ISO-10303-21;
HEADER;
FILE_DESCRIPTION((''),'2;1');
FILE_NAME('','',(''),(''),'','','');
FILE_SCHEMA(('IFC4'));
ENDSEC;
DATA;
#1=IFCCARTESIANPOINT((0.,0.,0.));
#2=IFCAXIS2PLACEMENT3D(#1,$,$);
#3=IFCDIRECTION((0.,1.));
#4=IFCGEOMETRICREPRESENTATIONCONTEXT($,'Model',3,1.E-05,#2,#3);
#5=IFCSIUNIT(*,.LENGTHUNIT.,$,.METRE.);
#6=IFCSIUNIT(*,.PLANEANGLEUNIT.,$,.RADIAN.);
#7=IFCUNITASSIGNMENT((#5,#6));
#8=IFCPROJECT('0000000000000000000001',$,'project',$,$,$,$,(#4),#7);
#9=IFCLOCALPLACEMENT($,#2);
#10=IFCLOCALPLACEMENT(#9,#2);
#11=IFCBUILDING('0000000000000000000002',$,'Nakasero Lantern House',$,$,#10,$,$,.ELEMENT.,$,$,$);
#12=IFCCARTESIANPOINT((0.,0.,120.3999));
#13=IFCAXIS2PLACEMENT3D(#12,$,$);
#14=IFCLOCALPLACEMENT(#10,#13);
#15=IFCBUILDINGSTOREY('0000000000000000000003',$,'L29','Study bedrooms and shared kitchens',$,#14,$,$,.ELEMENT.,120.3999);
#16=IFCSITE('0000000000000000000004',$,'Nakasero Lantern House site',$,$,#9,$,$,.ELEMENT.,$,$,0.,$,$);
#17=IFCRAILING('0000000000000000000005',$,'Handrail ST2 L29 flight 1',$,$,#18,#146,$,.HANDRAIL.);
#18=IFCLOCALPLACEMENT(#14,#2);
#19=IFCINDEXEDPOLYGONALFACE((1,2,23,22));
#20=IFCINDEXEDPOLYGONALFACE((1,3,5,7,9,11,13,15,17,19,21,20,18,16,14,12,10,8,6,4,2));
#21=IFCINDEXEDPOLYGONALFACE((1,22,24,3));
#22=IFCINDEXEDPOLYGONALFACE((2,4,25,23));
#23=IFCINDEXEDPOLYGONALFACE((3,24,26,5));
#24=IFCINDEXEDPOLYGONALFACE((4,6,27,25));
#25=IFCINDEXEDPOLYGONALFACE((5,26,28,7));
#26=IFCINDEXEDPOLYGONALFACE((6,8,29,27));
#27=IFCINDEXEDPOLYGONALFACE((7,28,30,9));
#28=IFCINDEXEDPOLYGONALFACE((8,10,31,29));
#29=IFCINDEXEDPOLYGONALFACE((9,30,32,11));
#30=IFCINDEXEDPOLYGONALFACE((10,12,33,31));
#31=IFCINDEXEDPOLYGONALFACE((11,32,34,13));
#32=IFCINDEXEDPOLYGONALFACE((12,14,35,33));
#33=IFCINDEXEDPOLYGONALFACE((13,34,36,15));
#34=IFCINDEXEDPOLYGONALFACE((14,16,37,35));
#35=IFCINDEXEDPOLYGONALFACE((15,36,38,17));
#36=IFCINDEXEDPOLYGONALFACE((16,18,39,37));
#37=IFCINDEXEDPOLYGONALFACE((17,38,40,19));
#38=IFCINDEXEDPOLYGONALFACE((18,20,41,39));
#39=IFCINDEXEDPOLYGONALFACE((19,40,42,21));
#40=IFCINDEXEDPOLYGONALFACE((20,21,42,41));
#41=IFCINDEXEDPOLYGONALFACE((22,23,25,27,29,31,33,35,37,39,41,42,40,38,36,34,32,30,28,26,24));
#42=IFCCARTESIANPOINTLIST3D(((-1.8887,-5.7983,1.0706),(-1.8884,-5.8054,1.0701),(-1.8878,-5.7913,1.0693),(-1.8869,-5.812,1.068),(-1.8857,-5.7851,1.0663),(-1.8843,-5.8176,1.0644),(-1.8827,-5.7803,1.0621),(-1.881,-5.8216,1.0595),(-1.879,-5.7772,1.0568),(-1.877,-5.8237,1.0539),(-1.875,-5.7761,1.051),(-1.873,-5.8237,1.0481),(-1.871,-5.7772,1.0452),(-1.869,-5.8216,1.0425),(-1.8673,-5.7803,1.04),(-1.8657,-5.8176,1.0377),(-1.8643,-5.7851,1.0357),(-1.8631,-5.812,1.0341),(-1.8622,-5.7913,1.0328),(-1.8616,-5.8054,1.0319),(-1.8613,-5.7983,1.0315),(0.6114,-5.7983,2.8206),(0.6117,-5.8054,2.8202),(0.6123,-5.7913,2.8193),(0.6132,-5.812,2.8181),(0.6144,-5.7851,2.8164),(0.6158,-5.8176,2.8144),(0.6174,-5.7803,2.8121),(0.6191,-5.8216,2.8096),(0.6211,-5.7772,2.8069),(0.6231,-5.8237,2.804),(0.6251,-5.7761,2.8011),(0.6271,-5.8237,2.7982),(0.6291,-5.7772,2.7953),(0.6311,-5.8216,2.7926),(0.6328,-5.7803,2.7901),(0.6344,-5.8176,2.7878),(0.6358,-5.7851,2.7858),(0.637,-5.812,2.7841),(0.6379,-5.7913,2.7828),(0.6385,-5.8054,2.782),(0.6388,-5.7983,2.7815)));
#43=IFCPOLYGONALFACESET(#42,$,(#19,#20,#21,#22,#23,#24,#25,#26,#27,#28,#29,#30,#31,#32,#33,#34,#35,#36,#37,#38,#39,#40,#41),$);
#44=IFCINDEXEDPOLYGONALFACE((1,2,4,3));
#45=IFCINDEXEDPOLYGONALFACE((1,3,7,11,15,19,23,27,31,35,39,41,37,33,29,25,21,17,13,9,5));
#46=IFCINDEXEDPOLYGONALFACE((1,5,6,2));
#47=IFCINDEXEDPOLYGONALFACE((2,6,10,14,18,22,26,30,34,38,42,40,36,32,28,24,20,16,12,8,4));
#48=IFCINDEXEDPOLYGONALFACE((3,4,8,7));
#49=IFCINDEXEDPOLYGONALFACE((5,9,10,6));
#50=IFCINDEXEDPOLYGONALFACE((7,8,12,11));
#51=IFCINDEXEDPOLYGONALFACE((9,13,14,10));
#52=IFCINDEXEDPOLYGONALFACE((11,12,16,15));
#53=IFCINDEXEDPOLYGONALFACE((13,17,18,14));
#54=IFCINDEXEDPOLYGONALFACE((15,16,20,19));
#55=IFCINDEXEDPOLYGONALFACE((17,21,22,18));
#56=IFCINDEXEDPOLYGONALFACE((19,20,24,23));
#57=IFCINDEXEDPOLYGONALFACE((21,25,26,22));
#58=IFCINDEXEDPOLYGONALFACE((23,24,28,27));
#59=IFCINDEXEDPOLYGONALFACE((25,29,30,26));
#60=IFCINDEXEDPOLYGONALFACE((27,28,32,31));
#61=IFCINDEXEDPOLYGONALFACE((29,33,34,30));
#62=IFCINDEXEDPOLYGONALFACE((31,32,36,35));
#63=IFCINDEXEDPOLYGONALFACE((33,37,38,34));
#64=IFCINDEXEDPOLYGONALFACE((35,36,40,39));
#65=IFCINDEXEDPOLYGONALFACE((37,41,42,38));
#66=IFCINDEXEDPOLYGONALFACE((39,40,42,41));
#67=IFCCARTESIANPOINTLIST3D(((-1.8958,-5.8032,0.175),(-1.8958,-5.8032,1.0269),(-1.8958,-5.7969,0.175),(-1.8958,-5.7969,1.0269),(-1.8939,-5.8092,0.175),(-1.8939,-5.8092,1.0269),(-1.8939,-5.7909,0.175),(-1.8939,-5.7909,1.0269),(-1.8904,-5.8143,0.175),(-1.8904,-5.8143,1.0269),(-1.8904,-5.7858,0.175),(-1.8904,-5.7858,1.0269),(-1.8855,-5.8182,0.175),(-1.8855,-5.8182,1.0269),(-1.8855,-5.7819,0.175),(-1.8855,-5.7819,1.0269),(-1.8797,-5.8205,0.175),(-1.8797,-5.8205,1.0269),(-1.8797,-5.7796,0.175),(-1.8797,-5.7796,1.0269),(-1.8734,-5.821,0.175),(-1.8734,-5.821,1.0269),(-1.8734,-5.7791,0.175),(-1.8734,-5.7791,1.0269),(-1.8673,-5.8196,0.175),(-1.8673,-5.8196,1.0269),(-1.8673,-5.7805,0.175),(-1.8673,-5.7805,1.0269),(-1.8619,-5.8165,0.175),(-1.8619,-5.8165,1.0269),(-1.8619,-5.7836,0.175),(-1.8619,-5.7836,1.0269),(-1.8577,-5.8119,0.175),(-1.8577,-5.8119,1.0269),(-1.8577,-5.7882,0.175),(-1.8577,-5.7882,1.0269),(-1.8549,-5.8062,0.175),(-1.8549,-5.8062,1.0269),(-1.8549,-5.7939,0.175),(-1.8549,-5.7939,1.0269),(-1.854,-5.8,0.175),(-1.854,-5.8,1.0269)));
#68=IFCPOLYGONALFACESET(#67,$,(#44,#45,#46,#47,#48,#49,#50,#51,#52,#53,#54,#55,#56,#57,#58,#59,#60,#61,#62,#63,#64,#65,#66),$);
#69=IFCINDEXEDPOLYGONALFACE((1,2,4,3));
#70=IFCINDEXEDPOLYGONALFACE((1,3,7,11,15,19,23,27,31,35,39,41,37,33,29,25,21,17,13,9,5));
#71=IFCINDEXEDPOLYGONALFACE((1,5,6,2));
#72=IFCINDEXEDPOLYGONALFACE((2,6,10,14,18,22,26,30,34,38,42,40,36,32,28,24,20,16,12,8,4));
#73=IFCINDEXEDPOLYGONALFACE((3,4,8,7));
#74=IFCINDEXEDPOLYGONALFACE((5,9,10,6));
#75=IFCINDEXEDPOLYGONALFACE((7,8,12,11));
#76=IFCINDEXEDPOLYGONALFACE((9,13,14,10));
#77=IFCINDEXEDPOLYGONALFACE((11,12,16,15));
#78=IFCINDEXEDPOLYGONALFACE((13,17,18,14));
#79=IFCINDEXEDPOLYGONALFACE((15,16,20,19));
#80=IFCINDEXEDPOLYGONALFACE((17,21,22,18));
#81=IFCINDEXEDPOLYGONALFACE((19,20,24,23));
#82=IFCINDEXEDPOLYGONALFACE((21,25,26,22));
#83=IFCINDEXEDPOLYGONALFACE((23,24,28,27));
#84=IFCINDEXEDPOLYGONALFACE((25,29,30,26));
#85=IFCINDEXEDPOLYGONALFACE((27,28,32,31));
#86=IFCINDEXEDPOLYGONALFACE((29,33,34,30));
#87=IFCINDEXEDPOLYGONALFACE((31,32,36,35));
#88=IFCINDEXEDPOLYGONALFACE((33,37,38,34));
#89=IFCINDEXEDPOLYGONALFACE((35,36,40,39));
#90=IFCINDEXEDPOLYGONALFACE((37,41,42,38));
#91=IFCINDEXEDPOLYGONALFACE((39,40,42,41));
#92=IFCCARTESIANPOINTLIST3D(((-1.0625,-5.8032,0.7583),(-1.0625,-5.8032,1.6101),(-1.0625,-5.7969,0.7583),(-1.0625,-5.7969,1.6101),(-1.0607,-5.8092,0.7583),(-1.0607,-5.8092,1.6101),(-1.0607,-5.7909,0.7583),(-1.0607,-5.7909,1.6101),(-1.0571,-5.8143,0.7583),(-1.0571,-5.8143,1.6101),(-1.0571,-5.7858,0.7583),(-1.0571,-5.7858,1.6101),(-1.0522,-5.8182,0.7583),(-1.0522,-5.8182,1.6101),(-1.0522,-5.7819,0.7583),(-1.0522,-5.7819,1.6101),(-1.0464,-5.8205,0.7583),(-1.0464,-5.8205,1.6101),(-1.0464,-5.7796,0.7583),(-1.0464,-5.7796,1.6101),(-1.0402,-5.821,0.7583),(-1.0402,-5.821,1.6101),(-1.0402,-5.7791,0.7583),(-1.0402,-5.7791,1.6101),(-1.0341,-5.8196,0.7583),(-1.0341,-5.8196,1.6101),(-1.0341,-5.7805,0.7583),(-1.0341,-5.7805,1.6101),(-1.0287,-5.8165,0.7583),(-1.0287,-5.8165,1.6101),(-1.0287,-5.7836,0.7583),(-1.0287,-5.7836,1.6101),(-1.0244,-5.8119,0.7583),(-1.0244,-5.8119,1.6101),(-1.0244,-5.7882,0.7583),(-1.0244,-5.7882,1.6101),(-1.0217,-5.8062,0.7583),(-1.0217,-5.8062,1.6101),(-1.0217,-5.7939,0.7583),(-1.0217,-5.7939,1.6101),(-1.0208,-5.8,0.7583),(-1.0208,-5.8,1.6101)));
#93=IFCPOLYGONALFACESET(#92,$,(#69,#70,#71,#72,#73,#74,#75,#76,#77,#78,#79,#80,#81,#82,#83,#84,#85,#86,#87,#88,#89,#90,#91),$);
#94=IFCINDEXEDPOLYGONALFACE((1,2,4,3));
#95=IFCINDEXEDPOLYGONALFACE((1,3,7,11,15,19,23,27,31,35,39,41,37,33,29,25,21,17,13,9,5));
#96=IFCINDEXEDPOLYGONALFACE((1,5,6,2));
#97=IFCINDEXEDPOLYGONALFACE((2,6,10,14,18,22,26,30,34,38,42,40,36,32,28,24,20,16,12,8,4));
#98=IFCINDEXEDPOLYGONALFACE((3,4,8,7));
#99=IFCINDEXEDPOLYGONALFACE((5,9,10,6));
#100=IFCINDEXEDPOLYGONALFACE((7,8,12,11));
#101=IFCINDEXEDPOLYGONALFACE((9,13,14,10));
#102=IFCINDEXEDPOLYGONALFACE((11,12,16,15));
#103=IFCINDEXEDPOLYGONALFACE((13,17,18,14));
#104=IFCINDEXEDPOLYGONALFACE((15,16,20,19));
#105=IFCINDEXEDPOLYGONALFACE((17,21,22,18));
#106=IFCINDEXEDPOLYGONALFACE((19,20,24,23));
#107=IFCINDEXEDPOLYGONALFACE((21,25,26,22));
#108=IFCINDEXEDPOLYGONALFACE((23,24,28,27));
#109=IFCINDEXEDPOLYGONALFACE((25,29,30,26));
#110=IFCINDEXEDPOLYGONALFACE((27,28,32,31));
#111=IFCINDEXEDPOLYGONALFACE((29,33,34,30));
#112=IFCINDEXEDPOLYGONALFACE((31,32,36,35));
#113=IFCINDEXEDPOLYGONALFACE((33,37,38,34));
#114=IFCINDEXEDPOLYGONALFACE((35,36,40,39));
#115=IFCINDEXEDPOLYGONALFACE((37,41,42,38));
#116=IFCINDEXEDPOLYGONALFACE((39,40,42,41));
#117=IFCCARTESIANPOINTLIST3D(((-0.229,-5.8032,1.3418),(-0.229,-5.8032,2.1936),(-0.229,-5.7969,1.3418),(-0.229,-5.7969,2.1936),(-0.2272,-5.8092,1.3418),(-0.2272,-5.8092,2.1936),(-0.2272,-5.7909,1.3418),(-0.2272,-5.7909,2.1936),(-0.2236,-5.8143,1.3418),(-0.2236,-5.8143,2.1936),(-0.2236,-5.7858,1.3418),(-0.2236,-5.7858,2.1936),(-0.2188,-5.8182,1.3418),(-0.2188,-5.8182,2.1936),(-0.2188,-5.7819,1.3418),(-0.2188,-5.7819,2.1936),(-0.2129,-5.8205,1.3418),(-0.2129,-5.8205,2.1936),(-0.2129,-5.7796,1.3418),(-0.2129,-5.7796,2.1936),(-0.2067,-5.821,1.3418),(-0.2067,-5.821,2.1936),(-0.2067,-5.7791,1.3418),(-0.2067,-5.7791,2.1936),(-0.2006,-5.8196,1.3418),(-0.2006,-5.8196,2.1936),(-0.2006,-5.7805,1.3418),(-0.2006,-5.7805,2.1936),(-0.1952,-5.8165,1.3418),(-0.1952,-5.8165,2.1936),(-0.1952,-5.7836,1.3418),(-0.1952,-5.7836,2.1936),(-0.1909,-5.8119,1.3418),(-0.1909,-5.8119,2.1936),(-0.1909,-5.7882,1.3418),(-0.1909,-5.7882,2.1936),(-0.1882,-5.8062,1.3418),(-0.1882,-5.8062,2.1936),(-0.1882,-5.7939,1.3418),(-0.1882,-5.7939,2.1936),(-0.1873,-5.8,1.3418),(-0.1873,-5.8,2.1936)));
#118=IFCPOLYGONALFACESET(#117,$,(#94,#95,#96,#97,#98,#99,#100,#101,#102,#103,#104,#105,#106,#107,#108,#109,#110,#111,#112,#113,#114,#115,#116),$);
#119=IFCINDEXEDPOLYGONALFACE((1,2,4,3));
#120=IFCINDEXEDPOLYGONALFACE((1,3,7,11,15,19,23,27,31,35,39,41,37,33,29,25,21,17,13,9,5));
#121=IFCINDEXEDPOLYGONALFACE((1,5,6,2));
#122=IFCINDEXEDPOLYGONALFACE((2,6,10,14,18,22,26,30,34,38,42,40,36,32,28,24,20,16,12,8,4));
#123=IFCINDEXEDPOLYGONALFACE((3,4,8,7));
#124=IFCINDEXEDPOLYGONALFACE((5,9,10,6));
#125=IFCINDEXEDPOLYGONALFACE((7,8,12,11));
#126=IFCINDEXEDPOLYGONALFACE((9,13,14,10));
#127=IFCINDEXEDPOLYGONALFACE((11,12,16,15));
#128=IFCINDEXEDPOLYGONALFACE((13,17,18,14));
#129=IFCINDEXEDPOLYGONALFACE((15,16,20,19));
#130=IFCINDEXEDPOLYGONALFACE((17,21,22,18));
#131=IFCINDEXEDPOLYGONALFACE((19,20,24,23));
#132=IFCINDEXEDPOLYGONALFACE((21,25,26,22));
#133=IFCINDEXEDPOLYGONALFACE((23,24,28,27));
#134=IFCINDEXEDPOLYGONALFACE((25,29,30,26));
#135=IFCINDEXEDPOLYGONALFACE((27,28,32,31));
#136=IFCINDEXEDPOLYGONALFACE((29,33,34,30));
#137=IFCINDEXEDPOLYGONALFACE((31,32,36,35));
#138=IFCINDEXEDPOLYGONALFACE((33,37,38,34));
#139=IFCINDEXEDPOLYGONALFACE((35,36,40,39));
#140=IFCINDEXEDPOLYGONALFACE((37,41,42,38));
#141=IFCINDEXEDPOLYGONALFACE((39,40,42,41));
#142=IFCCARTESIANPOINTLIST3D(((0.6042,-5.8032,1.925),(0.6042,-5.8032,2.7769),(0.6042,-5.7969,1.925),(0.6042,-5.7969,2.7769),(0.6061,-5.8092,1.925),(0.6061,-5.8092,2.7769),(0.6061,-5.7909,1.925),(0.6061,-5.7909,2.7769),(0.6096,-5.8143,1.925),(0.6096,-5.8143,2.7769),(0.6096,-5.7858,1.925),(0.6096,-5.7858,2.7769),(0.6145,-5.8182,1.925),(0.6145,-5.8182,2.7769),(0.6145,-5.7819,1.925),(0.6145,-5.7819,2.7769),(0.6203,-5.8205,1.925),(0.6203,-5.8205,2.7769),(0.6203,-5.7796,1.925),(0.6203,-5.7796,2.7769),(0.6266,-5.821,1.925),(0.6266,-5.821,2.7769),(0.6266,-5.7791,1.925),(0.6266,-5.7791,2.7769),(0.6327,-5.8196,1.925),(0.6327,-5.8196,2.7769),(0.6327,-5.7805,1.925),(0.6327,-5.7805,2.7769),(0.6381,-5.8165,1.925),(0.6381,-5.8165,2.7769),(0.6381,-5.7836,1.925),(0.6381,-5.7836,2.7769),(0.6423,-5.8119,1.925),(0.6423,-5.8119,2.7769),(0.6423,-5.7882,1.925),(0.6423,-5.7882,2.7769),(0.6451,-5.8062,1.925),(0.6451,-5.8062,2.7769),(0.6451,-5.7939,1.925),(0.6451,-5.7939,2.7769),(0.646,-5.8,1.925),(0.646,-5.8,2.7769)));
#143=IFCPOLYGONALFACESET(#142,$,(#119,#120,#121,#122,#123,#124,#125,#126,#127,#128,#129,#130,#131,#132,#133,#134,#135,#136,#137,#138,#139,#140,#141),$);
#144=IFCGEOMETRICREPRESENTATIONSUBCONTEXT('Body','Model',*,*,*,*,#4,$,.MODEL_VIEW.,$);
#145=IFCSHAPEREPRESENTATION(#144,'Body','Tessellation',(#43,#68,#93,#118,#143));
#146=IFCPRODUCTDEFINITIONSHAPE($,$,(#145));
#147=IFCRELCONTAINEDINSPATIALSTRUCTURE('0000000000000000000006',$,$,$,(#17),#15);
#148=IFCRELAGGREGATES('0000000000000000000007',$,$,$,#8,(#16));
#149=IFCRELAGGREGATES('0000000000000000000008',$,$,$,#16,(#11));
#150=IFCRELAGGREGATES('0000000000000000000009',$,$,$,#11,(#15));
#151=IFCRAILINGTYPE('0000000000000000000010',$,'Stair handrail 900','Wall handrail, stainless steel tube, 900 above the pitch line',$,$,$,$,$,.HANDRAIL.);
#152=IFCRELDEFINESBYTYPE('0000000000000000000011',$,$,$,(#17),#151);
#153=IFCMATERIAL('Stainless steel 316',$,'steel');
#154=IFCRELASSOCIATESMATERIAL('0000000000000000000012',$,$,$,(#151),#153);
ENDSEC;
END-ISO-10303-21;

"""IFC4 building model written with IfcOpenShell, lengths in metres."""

from ifc_helpers import new_model, si_unit, direction, frame, origin, origin_2d, place, context, subcontext, project, spatial, circle, extrude, material, type_object, element, save


model = new_model("IFC4")

# Units and contexts
model_context = context("Model", 3, precision=1e-05, world=origin(), true_north=direction((0.0, 1.0)))
body_context = subcontext(model_context, "Body", "Model", "MODEL_VIEW")
ifc_project = project(units=[si_unit("LENGTHUNIT", "METRE"), si_unit("PLANEANGLEUNIT", "RADIAN")], contexts=[model_context])

# Site, building, storey
site_placement = place(None, origin())
site = spatial("IfcSite", under=ifc_project, at=site_placement, Name="Nakasero Lantern House site", CompositionType="ELEMENT", RefElevation=0.0)
building_placement = place(site_placement, origin())
building = spatial("IfcBuilding", under=site, at=building_placement, Name="Nakasero Lantern House", CompositionType="ELEMENT")
storey_placement = place(building_placement, frame((0.0, 0.0, 120.3999)))
storey = spatial("IfcBuildingStorey", under=building, at=storey_placement, Name="L29", Description="Study bedrooms and shared kitchens", CompositionType="ELEMENT", Elevation=120.3999)

# Railing
ifc_material_1 = material(Name="Stainless steel 316", Category="steel")
railing_type = type_object("IfcRailingType", Name="Stair handrail 900", Description="Wall handrail, stainless steel tube, 900 above the pitch line", PredefinedType="HANDRAIL", material=ifc_material_1)
railing_placement = place(storey_placement, frame((-1.875, -5.8, 0.175)))
element("IfcRailing", 1, at=railing_placement, inside=storey, type_object=railing_type, Name="Handrail ST2 L29 flight 1", PredefinedType="HANDRAIL", context=body_context, shape_type="SweptSolid", body=[
    extrude(circle(Radius=0.0239, at=origin_2d()), frame((0.0, 0.0, 0.876), z_axis=(0.819232, 0.0, 0.573462), x_axis=(0.0, 1.0, 0.0)), (0.0, 0.0, 1.0), 3.0518),
    extrude(circle(Radius=0.021, at=origin_2d()), origin(), (0.0, 0.0, 1.0), 0.8518),
    extrude(circle(Radius=0.021, at=origin_2d()), frame((0.8333, 0.0, 0.5833)), (0.0, 0.0, 1.0), 0.8518),
    extrude(circle(Radius=0.021, at=origin_2d()), frame((1.6667, 0.0, 1.1667)), (0.0, 0.0, 1.0), 0.8518),
    extrude(circle(Radius=0.021, at=origin_2d()), frame((2.5, 0.0, 1.75)), (0.0, 0.0, 1.0), 0.8518),
])

save(model, "model.ifc")
